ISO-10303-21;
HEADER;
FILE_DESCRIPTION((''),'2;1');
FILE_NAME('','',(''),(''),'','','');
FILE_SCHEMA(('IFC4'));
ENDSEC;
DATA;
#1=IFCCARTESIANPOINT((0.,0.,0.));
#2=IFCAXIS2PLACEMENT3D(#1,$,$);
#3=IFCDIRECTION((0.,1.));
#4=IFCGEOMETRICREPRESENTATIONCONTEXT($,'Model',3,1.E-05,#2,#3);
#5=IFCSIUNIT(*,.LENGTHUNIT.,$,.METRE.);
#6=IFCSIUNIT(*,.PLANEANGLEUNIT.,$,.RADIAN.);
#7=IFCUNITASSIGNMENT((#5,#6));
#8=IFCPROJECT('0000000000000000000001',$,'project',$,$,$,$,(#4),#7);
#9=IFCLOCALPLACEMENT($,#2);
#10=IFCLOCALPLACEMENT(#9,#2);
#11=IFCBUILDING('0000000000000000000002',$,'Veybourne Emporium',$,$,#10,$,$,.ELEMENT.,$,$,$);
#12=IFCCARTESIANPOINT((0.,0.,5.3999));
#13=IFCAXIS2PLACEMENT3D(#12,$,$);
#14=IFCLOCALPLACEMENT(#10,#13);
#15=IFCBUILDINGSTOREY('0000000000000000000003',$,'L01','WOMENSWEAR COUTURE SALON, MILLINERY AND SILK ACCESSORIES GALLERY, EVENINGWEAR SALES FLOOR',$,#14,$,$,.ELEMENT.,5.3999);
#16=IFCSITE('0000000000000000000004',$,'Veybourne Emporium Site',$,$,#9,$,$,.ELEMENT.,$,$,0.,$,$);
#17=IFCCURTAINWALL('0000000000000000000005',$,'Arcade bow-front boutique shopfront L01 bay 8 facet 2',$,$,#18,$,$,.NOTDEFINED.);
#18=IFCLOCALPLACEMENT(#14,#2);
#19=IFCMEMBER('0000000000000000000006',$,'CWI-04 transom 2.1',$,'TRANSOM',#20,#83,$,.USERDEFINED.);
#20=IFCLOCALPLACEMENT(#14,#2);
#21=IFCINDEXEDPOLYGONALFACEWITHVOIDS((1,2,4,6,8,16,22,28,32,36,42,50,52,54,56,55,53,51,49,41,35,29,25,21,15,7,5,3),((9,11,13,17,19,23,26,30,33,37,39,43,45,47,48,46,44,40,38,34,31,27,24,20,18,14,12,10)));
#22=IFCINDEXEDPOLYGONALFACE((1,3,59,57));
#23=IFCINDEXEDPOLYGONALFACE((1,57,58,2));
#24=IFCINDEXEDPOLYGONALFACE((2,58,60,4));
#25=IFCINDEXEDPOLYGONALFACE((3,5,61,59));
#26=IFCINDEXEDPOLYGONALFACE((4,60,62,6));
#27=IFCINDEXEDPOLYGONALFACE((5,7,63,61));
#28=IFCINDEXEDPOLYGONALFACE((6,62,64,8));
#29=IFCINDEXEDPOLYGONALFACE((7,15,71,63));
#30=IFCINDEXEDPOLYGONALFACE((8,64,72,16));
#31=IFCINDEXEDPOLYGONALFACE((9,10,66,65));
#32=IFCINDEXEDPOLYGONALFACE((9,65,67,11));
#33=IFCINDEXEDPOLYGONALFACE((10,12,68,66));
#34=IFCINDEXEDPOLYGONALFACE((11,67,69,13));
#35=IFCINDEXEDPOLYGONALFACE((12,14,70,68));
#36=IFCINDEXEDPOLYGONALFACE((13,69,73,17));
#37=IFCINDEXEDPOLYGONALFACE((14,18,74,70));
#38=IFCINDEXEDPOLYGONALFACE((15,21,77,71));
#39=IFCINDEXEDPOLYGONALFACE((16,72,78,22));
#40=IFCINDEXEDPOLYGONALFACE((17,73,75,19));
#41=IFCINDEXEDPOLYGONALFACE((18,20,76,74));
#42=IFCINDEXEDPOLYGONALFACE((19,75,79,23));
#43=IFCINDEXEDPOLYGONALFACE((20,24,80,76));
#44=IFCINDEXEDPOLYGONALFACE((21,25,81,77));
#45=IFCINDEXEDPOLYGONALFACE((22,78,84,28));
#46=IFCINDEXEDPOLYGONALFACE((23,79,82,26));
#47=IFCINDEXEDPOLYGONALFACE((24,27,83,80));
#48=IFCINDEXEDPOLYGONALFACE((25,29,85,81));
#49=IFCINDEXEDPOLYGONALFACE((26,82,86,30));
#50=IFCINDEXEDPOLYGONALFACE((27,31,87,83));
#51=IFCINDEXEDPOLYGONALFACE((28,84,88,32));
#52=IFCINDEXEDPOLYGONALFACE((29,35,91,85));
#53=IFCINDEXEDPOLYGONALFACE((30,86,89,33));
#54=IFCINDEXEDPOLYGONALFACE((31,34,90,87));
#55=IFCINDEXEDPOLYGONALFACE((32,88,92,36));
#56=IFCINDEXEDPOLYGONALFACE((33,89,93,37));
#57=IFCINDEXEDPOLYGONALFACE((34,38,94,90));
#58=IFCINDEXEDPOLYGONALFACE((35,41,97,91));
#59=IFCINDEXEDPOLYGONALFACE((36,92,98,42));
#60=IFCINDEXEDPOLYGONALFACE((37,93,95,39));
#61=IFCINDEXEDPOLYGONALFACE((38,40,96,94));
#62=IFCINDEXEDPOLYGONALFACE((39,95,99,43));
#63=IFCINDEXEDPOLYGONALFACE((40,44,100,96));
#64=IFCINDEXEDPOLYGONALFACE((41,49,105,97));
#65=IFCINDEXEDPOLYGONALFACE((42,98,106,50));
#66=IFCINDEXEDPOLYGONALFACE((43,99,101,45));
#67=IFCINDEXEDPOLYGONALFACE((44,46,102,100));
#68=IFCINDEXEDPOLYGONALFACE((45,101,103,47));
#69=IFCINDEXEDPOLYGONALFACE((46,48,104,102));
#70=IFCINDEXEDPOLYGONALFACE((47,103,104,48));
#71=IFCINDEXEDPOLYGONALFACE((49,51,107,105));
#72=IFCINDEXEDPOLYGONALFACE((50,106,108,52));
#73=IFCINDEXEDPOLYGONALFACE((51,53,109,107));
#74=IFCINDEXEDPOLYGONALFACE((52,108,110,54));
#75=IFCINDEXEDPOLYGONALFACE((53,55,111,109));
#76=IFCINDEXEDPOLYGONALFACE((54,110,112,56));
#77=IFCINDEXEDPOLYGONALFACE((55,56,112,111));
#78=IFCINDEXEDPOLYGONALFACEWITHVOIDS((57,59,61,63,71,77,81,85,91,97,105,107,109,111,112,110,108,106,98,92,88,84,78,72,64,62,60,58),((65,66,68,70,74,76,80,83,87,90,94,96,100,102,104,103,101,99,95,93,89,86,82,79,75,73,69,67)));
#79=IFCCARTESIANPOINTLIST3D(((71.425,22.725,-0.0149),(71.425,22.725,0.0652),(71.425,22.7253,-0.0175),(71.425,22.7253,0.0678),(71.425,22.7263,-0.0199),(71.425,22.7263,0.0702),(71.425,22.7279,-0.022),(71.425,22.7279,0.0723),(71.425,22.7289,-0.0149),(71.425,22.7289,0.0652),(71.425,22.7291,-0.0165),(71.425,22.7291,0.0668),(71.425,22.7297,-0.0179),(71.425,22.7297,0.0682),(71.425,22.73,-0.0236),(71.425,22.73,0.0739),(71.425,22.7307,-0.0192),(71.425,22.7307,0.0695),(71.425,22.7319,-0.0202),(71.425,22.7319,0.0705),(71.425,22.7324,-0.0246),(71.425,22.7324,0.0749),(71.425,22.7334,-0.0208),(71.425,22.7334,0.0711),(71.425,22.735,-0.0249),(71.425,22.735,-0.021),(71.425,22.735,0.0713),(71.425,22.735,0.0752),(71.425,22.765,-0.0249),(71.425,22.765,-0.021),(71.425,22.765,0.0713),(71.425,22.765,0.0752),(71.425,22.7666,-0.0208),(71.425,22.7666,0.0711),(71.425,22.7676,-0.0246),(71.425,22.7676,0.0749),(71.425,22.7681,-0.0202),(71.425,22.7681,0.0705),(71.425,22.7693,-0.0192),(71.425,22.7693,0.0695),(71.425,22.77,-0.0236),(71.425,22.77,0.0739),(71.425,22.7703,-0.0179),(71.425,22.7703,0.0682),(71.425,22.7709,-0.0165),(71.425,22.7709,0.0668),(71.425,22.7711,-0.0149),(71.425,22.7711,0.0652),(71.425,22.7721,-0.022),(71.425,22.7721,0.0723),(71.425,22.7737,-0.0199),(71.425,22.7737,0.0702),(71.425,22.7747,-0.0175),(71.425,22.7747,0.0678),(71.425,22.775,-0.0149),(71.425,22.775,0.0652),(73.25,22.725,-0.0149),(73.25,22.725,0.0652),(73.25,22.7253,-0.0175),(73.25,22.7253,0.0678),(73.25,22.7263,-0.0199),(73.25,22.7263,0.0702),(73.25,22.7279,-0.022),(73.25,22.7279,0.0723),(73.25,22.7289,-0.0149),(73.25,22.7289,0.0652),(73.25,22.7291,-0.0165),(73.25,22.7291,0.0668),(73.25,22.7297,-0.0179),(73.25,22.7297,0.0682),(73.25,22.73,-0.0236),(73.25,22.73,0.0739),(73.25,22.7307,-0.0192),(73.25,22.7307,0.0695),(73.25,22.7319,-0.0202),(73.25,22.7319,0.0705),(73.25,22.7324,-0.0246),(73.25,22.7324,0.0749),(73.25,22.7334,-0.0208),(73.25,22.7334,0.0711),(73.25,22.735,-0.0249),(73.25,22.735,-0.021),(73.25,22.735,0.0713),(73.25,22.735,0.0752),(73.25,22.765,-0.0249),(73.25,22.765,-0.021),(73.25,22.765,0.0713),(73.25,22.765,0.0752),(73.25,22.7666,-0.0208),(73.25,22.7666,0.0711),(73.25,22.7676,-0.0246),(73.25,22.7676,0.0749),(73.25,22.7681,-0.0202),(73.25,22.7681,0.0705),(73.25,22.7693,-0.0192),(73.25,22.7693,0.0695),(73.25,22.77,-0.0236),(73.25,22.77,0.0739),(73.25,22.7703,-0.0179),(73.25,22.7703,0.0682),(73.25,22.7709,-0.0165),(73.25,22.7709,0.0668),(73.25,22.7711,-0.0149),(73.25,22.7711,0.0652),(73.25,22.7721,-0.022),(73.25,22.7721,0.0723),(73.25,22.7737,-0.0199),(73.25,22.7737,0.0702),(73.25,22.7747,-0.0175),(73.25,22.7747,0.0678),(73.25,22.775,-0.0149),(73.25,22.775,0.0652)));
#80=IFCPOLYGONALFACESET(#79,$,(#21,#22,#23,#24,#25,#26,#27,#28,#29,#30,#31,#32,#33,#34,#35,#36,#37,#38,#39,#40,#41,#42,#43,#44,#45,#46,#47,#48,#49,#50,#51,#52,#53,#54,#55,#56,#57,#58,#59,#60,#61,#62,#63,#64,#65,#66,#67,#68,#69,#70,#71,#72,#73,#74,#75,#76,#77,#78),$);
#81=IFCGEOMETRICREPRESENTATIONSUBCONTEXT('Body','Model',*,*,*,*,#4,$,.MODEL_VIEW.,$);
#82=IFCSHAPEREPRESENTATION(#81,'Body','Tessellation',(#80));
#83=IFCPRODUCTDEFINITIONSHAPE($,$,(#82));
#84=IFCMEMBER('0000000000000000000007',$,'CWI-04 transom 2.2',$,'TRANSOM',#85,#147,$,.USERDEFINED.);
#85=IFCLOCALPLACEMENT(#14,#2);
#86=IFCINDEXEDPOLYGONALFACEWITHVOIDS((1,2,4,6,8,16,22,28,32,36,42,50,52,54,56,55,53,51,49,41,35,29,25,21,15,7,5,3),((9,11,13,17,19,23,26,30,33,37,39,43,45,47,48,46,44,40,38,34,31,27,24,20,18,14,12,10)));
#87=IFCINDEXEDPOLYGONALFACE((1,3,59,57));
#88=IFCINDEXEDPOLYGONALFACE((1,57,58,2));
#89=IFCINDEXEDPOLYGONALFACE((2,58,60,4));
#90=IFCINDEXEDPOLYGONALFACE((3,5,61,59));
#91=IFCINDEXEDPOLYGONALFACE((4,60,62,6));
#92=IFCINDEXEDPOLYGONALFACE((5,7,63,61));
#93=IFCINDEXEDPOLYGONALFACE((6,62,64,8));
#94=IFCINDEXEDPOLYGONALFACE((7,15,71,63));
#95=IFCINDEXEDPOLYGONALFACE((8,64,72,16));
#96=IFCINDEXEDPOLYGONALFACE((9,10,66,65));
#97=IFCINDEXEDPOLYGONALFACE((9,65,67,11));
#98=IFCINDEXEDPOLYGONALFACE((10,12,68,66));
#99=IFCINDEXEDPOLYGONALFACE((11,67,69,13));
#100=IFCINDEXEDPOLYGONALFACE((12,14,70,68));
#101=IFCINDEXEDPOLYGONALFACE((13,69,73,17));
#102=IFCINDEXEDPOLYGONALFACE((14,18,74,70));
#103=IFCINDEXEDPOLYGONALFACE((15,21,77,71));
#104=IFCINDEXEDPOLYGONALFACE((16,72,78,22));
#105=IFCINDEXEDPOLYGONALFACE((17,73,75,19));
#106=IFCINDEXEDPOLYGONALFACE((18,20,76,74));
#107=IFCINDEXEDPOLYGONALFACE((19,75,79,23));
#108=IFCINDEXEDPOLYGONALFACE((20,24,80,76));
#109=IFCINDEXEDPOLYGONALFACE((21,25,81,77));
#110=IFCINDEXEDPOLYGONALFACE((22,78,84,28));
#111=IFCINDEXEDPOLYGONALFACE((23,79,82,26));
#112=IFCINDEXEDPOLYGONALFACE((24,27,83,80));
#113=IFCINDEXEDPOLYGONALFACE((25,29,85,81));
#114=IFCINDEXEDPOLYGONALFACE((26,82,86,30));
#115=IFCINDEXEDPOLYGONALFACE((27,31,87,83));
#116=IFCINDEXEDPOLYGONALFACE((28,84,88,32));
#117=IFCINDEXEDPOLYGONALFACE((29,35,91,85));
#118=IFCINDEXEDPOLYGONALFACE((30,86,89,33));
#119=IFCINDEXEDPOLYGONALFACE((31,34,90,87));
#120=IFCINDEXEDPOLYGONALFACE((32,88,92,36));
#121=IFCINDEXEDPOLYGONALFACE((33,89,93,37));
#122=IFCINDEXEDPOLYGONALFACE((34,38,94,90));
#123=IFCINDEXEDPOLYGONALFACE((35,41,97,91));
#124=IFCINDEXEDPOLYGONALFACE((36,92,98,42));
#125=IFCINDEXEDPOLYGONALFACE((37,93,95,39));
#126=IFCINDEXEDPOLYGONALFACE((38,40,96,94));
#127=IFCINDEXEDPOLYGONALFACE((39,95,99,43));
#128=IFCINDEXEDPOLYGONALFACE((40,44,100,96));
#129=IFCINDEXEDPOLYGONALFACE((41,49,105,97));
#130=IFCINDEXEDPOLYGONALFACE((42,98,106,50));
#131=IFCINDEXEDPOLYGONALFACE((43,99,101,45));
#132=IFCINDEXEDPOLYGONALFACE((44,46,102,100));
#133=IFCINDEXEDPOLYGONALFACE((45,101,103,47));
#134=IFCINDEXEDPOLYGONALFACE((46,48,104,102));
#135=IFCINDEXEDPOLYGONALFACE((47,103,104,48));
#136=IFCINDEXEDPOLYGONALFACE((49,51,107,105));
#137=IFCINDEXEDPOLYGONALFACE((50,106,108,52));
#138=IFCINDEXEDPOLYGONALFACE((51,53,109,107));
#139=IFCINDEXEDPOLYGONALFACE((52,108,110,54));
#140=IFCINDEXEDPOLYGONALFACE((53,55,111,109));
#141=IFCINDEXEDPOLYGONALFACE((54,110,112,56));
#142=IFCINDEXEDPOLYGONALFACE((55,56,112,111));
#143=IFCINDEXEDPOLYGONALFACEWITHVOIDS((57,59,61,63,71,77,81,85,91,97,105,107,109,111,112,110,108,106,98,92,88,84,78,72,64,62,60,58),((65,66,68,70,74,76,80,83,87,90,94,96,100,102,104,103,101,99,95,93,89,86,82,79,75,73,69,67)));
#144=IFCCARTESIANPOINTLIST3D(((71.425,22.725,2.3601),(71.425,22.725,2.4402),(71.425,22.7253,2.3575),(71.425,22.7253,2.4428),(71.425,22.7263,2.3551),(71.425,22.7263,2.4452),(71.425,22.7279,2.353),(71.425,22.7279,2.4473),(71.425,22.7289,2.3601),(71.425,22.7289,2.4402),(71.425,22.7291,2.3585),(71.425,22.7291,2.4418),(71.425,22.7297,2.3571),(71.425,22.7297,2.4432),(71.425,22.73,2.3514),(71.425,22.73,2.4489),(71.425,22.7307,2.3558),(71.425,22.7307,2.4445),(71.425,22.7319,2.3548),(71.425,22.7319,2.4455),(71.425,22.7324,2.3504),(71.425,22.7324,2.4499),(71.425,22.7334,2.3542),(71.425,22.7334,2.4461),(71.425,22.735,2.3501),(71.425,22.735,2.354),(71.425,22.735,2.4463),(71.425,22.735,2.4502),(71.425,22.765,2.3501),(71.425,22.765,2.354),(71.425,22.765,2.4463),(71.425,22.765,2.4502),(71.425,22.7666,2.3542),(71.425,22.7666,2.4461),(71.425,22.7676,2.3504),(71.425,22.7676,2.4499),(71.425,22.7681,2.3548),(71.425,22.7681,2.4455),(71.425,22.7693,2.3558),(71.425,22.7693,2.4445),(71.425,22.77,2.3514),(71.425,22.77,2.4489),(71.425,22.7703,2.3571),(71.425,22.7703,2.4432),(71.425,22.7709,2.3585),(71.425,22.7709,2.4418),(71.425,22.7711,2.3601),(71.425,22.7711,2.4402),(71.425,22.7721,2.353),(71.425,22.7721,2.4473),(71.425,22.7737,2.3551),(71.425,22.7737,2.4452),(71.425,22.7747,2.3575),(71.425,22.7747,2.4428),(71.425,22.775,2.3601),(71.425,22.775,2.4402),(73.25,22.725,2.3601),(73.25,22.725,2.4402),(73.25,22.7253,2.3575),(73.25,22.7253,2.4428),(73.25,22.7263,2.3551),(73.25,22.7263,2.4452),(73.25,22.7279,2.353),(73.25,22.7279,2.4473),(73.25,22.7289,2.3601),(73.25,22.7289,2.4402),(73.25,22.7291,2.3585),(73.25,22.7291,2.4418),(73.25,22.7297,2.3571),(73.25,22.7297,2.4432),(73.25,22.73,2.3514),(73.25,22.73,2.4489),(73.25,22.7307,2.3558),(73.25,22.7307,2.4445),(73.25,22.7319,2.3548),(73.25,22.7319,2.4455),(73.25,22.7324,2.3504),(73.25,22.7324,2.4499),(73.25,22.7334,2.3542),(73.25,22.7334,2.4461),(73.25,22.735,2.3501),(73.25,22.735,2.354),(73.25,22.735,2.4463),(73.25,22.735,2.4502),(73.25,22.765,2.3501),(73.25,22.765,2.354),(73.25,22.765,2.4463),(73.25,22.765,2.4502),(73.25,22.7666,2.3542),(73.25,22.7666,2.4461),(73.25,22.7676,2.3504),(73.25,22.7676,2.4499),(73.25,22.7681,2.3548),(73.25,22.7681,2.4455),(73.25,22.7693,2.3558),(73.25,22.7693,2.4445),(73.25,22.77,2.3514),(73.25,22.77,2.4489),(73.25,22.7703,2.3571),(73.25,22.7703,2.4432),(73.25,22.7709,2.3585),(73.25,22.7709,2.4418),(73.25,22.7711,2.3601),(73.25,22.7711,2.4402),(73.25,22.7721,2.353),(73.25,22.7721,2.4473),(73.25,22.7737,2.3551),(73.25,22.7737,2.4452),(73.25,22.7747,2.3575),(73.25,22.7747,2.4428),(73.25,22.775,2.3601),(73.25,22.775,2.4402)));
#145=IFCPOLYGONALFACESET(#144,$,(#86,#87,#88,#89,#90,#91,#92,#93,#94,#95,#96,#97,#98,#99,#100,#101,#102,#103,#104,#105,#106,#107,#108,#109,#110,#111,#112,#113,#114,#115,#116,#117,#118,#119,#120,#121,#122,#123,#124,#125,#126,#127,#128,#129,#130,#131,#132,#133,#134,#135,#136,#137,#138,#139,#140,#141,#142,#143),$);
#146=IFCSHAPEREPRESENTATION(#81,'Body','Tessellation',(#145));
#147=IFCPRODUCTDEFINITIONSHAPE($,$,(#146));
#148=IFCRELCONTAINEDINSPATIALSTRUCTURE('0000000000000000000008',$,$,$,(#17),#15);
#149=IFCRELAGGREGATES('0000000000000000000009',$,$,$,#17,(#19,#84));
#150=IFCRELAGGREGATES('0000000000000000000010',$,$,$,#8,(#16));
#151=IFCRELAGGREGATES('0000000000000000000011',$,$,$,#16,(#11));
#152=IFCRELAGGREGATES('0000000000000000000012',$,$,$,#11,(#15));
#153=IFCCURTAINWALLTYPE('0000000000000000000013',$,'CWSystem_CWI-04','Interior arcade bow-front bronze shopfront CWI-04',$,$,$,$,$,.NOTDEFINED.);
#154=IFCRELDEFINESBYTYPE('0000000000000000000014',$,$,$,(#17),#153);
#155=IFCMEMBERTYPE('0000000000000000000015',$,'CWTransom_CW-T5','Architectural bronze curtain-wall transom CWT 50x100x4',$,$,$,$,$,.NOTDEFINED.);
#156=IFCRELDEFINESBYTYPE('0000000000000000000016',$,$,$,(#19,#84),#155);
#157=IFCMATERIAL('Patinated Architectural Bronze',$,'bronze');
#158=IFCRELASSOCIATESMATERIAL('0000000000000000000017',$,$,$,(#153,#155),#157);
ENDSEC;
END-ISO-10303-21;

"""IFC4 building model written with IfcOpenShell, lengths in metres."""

from ifc_helpers import new_model, si_unit, direction, frame, origin, origin_2d, place, context, subcontext, project, spatial, hollow_rectangle, extrude, material, material_profile, profile_set, type_object, element, aggregate, save


model = new_model("IFC4")

# Units and contexts
model_context = context("Model", 3, precision=1e-05, world=origin(), true_north=direction((0.0, 1.0)))
body_context = subcontext(model_context, "Body", "Model", "MODEL_VIEW")
ifc_project = project(units=[si_unit("LENGTHUNIT", "METRE"), si_unit("PLANEANGLEUNIT", "RADIAN")], contexts=[model_context])

# Site, building, storey
site_placement = place(None, origin())
site = spatial("IfcSite", under=ifc_project, at=site_placement, Name="Veybourne Emporium Site", CompositionType="ELEMENT", RefElevation=0.0)
building_placement = place(site_placement, origin())
building = spatial("IfcBuilding", under=site, at=building_placement, Name="Veybourne Emporium", CompositionType="ELEMENT")
storey_placement = place(building_placement, frame((0.0, 0.0, 5.3999)))
storey = spatial("IfcBuildingStorey", under=building, at=storey_placement, Name="L01", Description="WOMENSWEAR COUTURE SALON, MILLINERY AND SILK ACCESSORIES GALLERY, EVENINGWEAR SALES FLOOR", CompositionType="ELEMENT", Elevation=5.3999)

# Shared definitions
ifc_material_1 = material(Name="Patinated Architectural Bronze", Category="bronze")

# Curtain wall
curtain_wall_type_1 = type_object("IfcCurtainWallType", Name="CWSystem_CWI-04", Description="Interior arcade bow-front bronze shopfront CWI-04", PredefinedType="NOTDEFINED", material=ifc_material_1)
curtain_wall_1_placement = place(storey_placement, origin())
curtain_wall_1 = element("IfcCurtainWall", 1, at=curtain_wall_1_placement, inside=storey, type_object=curtain_wall_type_1, Name="Arcade bow-front boutique shopfront L01 bay 8 facet 2", PredefinedType="NOTDEFINED")

# Members
ifc_material_profile_1 = material_profile(ifc_material_1, hollow_rectangle(XDim=0.05, YDim=0.1001, WallThickness=0.0039, InnerFilletRadius=0.0061, OuterFilletRadius=0.01, at=origin_2d()), Name="CWT 50x100x4")
ifc_profile_set_1 = profile_set([ifc_material_profile_1], Name="Patinated Architectural Bronze")
member_type_1 = type_object("IfcMemberType", Name="CWTransom_CW-T5", Description="Architectural bronze curtain-wall transom CWT 50x100x4", PredefinedType="NOTDEFINED", material=ifc_profile_set_1)
member_1_placement = place(storey_placement, frame((71.425, 22.75, 0.0251), z_axis=(1.0, 0.0, 0.0), x_axis=(0.0, 1.0, 0.0)))
member_1 = element("IfcMember", 2, at=member_1_placement, type_object=member_type_1, Name="CWI-04 transom 2.1", ObjectType="TRANSOM", PredefinedType="USERDEFINED", context=body_context, shape_type="SweptSolid", body=[
    extrude(hollow_rectangle(XDim=0.05, YDim=0.1001, WallThickness=0.0039, InnerFilletRadius=0.0061, OuterFilletRadius=0.01, at=origin_2d()), origin(), (0.0, 0.0, 1.0), 1.825),
])
member_2_placement = place(storey_placement, frame((71.425, 22.75, 2.4001), z_axis=(1.0, 0.0, 0.0), x_axis=(0.0, 1.0, 0.0)))
member_2 = element("IfcMember", 3, at=member_2_placement, type_object=member_type_1, Name="CWI-04 transom 2.2", ObjectType="TRANSOM", PredefinedType="USERDEFINED", context=body_context, shape_type="SweptSolid", body=[
    extrude(hollow_rectangle(XDim=0.05, YDim=0.1001, WallThickness=0.0039, InnerFilletRadius=0.0061, OuterFilletRadius=0.01, at=origin_2d()), origin(), (0.0, 0.0, 1.0), 1.825),
])

aggregate(curtain_wall_1, [member_1, member_2])

save(model, "model.ifc")
